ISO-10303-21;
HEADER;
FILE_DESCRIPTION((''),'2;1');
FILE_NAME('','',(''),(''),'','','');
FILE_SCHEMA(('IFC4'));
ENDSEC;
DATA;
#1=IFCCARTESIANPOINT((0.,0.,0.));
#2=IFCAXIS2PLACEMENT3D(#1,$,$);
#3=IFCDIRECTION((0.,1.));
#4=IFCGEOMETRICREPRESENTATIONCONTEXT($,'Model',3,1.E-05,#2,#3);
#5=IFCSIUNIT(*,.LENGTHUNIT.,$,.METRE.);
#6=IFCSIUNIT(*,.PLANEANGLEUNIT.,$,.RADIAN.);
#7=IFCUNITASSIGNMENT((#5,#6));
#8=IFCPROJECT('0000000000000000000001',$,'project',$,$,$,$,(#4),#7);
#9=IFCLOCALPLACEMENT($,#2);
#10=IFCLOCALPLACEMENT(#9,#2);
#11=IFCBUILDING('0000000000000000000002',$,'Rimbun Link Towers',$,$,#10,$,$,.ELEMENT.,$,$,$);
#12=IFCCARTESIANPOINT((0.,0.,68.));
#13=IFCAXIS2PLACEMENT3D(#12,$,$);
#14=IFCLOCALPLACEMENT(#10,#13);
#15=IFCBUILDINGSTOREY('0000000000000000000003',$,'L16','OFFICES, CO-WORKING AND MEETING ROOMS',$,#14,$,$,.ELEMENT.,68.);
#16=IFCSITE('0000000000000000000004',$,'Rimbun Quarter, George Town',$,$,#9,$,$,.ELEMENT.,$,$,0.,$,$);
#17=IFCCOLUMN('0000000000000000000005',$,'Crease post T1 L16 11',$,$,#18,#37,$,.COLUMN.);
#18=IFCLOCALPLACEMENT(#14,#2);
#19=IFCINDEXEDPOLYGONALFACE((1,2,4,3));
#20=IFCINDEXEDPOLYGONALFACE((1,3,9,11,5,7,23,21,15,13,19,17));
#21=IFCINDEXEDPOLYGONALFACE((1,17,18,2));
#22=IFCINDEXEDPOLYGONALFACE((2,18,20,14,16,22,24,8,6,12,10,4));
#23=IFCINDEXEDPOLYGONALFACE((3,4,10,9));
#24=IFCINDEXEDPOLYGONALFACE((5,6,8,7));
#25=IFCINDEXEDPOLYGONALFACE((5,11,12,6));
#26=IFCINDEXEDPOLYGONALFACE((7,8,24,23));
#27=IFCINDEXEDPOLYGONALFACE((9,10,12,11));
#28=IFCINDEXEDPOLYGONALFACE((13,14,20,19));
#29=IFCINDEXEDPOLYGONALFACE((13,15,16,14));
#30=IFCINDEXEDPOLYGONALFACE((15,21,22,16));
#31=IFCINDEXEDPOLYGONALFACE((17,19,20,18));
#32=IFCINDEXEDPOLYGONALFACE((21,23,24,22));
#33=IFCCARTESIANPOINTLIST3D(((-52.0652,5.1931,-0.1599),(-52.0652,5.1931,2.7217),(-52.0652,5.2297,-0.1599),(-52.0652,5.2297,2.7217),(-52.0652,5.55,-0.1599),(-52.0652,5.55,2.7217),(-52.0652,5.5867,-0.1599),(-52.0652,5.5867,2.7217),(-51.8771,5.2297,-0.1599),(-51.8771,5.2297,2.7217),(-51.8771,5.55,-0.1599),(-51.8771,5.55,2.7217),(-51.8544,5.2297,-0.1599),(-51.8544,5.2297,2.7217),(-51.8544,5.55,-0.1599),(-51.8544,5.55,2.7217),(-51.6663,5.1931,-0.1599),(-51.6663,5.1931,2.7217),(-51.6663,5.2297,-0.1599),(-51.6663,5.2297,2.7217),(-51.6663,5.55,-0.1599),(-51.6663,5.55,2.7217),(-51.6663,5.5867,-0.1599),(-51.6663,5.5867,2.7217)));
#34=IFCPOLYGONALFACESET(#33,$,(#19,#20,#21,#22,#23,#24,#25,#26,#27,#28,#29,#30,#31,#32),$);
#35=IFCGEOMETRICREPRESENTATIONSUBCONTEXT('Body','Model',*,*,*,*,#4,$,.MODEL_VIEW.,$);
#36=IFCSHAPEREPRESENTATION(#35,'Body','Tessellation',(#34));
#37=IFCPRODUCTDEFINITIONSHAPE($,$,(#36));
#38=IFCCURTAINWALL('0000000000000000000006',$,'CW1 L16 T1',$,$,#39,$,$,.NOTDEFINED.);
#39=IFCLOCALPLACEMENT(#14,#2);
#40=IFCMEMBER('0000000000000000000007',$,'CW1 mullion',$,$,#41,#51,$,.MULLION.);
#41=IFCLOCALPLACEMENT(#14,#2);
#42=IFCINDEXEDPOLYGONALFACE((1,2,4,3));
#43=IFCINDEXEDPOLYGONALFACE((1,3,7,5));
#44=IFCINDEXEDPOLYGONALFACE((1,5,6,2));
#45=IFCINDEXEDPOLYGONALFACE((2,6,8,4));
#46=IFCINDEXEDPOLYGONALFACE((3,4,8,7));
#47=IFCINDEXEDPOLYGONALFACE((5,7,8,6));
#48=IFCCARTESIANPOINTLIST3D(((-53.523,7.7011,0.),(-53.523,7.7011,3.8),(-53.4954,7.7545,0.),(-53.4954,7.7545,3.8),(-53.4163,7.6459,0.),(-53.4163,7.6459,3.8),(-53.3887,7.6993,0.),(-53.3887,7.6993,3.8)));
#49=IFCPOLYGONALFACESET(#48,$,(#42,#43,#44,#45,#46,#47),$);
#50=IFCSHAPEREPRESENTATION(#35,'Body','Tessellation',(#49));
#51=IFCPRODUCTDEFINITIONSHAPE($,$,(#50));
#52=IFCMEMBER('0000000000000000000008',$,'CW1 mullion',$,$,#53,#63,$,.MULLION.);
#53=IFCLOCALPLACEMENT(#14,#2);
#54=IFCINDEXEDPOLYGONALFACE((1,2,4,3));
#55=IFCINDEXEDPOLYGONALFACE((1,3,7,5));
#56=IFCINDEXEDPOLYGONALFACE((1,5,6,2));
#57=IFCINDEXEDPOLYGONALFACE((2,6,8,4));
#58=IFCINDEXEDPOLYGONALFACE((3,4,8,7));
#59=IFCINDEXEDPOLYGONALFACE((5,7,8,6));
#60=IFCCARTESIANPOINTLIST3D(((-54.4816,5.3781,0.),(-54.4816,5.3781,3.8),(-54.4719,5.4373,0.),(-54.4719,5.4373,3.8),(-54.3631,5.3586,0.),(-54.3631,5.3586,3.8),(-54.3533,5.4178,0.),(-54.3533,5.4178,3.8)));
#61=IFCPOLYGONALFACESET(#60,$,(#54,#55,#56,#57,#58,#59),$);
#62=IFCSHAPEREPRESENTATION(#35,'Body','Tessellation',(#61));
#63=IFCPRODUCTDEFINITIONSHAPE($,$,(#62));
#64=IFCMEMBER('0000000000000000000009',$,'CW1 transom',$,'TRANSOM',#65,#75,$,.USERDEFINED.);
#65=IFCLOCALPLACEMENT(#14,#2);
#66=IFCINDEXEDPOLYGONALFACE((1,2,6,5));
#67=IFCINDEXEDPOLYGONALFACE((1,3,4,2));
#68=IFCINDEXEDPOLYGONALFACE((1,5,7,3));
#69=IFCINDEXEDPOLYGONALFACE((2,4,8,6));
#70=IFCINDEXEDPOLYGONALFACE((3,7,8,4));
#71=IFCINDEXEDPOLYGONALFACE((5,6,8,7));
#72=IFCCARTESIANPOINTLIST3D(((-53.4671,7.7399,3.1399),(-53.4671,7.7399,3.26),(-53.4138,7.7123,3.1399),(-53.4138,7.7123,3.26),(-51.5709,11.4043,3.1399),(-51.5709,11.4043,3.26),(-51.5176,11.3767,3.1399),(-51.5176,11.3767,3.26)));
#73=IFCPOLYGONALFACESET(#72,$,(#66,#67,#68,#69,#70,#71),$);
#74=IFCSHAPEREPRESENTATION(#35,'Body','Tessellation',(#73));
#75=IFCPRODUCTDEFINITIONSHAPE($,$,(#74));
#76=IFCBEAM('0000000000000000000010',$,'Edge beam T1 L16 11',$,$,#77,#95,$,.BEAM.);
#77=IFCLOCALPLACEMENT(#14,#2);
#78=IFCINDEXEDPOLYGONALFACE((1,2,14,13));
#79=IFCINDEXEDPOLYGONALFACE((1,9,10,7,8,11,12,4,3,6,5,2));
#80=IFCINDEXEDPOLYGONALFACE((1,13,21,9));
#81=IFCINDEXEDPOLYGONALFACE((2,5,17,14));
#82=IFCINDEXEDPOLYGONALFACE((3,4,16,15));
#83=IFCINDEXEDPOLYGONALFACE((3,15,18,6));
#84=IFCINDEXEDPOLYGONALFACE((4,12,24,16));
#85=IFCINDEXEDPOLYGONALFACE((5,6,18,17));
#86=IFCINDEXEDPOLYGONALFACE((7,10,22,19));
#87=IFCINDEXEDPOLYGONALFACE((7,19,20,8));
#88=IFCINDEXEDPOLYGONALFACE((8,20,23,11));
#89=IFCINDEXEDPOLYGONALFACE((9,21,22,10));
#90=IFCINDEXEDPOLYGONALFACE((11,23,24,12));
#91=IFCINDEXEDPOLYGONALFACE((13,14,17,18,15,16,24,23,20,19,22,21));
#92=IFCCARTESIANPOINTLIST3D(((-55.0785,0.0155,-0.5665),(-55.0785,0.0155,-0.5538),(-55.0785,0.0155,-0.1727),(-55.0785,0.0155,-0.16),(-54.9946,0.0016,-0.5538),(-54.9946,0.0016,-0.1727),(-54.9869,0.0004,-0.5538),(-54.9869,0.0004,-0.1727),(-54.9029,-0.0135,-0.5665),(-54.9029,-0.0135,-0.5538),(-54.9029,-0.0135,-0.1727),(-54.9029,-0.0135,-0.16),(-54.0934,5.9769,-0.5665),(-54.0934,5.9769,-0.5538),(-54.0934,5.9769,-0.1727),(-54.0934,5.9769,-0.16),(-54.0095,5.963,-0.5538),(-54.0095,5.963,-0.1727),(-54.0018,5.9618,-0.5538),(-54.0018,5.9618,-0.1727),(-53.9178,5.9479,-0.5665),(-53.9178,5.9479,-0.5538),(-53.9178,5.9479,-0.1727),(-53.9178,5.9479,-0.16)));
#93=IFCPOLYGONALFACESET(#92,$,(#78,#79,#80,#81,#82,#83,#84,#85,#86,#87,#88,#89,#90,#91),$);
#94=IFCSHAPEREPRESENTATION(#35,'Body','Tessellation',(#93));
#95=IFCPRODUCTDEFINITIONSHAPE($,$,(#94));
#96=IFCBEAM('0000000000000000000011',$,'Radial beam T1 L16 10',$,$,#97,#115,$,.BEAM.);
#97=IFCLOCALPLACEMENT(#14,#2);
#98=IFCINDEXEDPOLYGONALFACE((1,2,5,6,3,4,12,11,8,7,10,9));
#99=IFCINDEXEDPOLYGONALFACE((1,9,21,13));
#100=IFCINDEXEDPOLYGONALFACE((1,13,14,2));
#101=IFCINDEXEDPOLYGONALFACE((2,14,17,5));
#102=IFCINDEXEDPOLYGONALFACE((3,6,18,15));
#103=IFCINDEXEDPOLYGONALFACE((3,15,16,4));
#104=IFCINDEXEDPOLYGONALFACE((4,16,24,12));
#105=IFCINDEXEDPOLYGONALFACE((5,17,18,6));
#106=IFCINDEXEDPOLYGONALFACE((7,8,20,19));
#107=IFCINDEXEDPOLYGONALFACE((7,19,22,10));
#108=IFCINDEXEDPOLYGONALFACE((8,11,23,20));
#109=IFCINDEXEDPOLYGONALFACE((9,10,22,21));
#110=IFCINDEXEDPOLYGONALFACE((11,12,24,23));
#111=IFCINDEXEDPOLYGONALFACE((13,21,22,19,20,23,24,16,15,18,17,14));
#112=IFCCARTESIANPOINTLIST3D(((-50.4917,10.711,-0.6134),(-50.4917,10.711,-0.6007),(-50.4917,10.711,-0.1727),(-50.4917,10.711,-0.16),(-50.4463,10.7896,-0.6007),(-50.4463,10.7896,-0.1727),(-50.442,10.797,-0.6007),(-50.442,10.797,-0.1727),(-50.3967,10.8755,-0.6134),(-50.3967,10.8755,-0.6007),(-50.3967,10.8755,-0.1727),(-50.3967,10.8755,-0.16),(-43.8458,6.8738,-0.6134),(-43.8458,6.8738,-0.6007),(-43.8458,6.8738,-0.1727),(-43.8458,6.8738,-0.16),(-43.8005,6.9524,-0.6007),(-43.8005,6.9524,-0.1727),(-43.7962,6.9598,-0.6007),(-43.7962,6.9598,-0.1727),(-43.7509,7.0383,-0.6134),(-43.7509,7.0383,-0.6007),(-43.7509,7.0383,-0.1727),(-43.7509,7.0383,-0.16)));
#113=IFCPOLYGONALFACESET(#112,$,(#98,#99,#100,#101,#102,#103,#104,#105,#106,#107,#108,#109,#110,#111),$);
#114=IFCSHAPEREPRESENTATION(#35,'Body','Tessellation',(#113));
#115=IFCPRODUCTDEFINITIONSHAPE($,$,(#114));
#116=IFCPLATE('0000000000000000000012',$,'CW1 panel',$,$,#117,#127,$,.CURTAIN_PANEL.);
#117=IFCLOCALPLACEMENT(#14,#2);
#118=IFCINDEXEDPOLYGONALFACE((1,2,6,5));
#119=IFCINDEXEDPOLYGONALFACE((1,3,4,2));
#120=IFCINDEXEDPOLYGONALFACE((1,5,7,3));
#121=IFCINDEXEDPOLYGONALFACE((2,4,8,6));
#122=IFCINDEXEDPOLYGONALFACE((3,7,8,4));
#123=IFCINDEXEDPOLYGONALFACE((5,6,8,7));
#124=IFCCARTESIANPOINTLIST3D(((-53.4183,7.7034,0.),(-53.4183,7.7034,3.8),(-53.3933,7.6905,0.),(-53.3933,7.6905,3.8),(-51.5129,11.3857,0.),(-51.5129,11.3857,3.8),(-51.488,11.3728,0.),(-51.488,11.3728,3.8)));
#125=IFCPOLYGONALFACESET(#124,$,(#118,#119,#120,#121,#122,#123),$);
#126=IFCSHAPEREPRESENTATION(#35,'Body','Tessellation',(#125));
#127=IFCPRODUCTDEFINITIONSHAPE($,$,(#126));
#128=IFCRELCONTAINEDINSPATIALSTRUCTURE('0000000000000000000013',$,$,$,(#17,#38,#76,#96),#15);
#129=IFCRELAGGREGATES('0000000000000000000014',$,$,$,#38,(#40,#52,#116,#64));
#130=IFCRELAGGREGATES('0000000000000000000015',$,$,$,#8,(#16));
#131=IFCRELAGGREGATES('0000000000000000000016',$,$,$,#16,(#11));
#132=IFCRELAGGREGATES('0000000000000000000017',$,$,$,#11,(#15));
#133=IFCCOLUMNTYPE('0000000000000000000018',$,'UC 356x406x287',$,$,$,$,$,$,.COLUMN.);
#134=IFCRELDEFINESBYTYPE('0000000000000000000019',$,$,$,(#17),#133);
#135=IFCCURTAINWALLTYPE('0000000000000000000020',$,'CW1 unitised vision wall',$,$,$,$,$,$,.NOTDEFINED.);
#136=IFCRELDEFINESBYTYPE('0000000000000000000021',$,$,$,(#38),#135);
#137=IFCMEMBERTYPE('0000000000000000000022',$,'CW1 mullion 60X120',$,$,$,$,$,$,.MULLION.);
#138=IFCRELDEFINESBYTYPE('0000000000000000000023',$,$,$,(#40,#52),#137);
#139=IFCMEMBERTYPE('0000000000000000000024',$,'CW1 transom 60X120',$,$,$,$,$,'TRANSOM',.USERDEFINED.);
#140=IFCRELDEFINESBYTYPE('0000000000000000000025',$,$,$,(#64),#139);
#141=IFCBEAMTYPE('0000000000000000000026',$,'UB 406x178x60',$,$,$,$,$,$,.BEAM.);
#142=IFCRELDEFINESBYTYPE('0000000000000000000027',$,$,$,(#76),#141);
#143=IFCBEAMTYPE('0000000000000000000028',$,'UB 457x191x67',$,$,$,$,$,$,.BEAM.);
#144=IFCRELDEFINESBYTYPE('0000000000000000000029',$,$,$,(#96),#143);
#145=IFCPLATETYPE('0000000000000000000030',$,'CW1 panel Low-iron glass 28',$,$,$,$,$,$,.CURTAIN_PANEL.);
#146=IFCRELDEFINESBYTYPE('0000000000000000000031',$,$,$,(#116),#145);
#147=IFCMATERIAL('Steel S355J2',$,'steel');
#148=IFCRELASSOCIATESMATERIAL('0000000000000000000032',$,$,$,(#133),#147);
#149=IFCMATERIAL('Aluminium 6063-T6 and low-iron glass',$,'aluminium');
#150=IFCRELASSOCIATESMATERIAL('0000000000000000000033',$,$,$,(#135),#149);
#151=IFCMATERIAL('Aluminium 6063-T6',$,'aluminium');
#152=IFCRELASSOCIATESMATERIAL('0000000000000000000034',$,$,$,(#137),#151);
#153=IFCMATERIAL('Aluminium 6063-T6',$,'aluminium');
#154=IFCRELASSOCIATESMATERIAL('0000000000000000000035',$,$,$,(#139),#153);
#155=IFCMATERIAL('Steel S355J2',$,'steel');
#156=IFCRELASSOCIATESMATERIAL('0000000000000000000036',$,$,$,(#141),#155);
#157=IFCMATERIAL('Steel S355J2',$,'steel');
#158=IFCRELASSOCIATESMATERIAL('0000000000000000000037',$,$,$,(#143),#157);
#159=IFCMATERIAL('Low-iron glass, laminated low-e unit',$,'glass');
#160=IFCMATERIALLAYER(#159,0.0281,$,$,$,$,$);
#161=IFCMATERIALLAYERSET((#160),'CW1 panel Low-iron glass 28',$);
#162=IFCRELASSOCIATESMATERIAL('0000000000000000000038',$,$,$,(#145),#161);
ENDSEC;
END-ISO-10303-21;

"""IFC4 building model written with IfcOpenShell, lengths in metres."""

from ifc_helpers import new_model, si_unit, direction, frame, origin, origin_2d, place, context, subcontext, project, spatial, rectangle, i_section, extrude, material, layer, layer_set, material_profile, profile_set, type_object, element, aggregate, save


model = new_model("IFC4")

# Units and contexts
model_context = context("Model", 3, precision=1e-05, world=origin(), true_north=direction((0.0, 1.0)))
body_context = subcontext(model_context, "Body", "Model", "MODEL_VIEW")
ifc_project = project(units=[si_unit("LENGTHUNIT", "METRE"), si_unit("PLANEANGLEUNIT", "RADIAN")], contexts=[model_context])

# Site, building, storey
site_placement = place(None, origin())
site = spatial("IfcSite", under=ifc_project, at=site_placement, Name="Rimbun Quarter, George Town", CompositionType="ELEMENT", RefElevation=0.0)
building_placement = place(site_placement, origin())
building = spatial("IfcBuilding", under=site, at=building_placement, Name="Rimbun Link Towers", CompositionType="ELEMENT")
storey_placement = place(building_placement, frame((0.0, 0.0, 68.0)))
storey = spatial("IfcBuildingStorey", under=building, at=storey_placement, Name="L16", Description="OFFICES, CO-WORKING AND MEETING ROOMS", CompositionType="ELEMENT", Elevation=68.0)

# Column
ifc_material_1 = material(Name="Steel S355J2", Category="steel")
ifc_material_profile_1 = material_profile(ifc_material_1, i_section(OverallWidth=0.3989, OverallDepth=0.3936, WebThickness=0.0227, FlangeThickness=0.0366, at=origin_2d()), Name="UC 356x406x287")
ifc_profile_set_1 = profile_set([ifc_material_profile_1], Name="Steel S355J2")
column_type = type_object("IfcColumnType", Name="UC 356x406x287", PredefinedType="COLUMN", material=ifc_profile_set_1)
column_placement = place(storey_placement, frame((-51.8657, 5.3899, -0.1599), z_axis=(0.0, 0.0, 1.0), x_axis=(1.0, 0.0, 0.0)))
element("IfcColumn", 1, at=column_placement, inside=storey, type_object=column_type, Name="Crease post T1 L16 11", PredefinedType="COLUMN", context=body_context, shape_type="SweptSolid", body=[
    extrude(i_section(OverallWidth=0.3989, OverallDepth=0.3936, WebThickness=0.0227, FlangeThickness=0.0366, at=origin_2d()), origin(), (0.0, 0.0, 1.0), 2.8816),
])

# Curtain wall, members
ifc_material_2 = material(Name="Aluminium 6063-T6 and low-iron glass", Category="aluminium")
curtain_wall_type = type_object("IfcCurtainWallType", Name="CW1 unitised vision wall", PredefinedType="NOTDEFINED", material=ifc_material_2)
curtain_wall_placement = place(storey_placement, origin())
curtain_wall = element("IfcCurtainWall", 2, at=curtain_wall_placement, inside=storey, type_object=curtain_wall_type, Name="CW1 L16 T1", PredefinedType="NOTDEFINED")
ifc_material_3 = material(Name="Aluminium 6063-T6", Category="aluminium")
ifc_material_profile_2 = material_profile(ifc_material_3, rectangle(XDim=0.1201, YDim=0.0601, at=origin_2d()), Name="MULLION 60X120")
ifc_profile_set_2 = profile_set([ifc_material_profile_2], Name="Aluminium 6063-T6")
member_type_1 = type_object("IfcMemberType", Name="CW1 mullion 60X120", PredefinedType="MULLION", material=ifc_profile_set_2)
member_1_placement = place(storey_placement, frame((-53.4558, 7.7002, 0.0), z_axis=(0.0, 0.0, 1.0), x_axis=(-0.888149, 0.459556, 0.0)))
member_1 = element("IfcMember", 3, at=member_1_placement, type_object=member_type_1, Name="CW1 mullion", PredefinedType="MULLION", context=body_context, shape_type="SweptSolid", body=[
    extrude(rectangle(XDim=0.1201, YDim=0.0601, at=origin_2d()), origin(), (0.0, 0.0, 1.0), 3.8),
])
member_2_placement = place(storey_placement, frame((-54.4175, 5.3979, 0.0), z_axis=(0.0, 0.0, 1.0), x_axis=(-0.986748, 0.16226, 0.0)))
member_2 = element("IfcMember", 4, at=member_2_placement, type_object=member_type_1, Name="CW1 mullion", PredefinedType="MULLION", context=body_context, shape_type="SweptSolid", body=[
    extrude(rectangle(XDim=0.1201, YDim=0.0601, at=origin_2d()), origin(), (0.0, 0.0, 1.0), 3.8),
])
ifc_material_4 = material(Name="Aluminium 6063-T6", Category="aluminium")
ifc_material_profile_3 = material_profile(ifc_material_4, rectangle(XDim=0.0601, YDim=0.1201, at=origin_2d()), Name="TRANSOM 60X120")
ifc_profile_set_3 = profile_set([ifc_material_profile_3], Name="Aluminium 6063-T6")
member_type_2 = type_object("IfcMemberType", Name="CW1 transom 60X120", ElementType="TRANSOM", PredefinedType="USERDEFINED", material=ifc_profile_set_3)
member_3_placement = place(storey_placement, frame((-53.4404, 7.7261, 3.2), z_axis=(0.459573, 0.88814, 0.0), x_axis=(-0.88814, 0.459573, 0.0)))
member_3 = element("IfcMember", 5, at=member_3_placement, type_object=member_type_2, Name="CW1 transom", ObjectType="TRANSOM", PredefinedType="USERDEFINED", context=body_context, shape_type="SweptSolid", body=[
    extrude(rectangle(XDim=0.0601, YDim=0.1201, at=origin_2d()), origin(), (0.0, 0.0, 1.0), 4.126),
])

# Beams
ifc_material_5 = material(Name="Steel S355J2", Category="steel")
ifc_material_profile_4 = material_profile(ifc_material_5, i_section(OverallWidth=0.178, OverallDepth=0.4065, WebThickness=0.0078, FlangeThickness=0.0127, at=origin_2d()), Name="UB 406x178x60")
ifc_profile_set_4 = profile_set([ifc_material_profile_4], Name="Steel S355J2")
beam_type_1 = type_object("IfcBeamType", Name="UB 406x178x60", PredefinedType="BEAM", material=ifc_profile_set_4)
beam_1_placement = place(storey_placement, frame((-54.0056, 5.9624, -0.3633), z_axis=(-0.163036, -0.98662, 0.0), x_axis=(0.98662, -0.163036, 0.0)))
element("IfcBeam", 6, at=beam_1_placement, inside=storey, type_object=beam_type_1, Name="Edge beam T1 L16 11", PredefinedType="BEAM", context=body_context, shape_type="SweptSolid", body=[
    extrude(i_section(OverallWidth=0.178, OverallDepth=0.4065, WebThickness=0.0078, FlangeThickness=0.0127, at=origin_2d()), origin(), (0.0, 0.0, 1.0), 6.0422),
])
ifc_material_6 = material(Name="Steel S355J2", Category="steel")
ifc_material_profile_5 = material_profile(ifc_material_6, i_section(OverallWidth=0.1899, OverallDepth=0.4534, WebThickness=0.0085, FlangeThickness=0.0127, at=origin_2d()), Name="UB 457x191x67")
ifc_profile_set_5 = profile_set([ifc_material_profile_5], Name="Steel S355J2")
beam_type_2 = type_object("IfcBeamType", Name="UB 457x191x67", PredefinedType="BEAM", material=ifc_profile_set_5)
beam_2_placement = place(storey_placement, frame((-43.7983, 6.9561, -0.3867), z_axis=(-0.866012, 0.500023, 0.0), x_axis=(-0.500023, -0.866012, 0.0)))
element("IfcBeam", 7, at=beam_2_placement, inside=storey, type_object=beam_type_2, Name="Radial beam T1 L16 10", PredefinedType="BEAM", context=body_context, shape_type="SweptSolid", body=[
    extrude(i_section(OverallWidth=0.1899, OverallDepth=0.4534, WebThickness=0.0085, FlangeThickness=0.0127, at=origin_2d()), origin(), (0.0, 0.0, 1.0), 7.6741),
])

# Plate
ifc_material_7 = material(Name="Low-iron glass, laminated low-e unit", Category="glass")
ifc_layer_1 = layer(ifc_material_7, 0.0281)
ifc_layer_set_1 = layer_set([ifc_layer_1], Name="CW1 panel Low-iron glass 28")
plate_type = type_object("IfcPlateType", Name="CW1 panel Low-iron glass 28", PredefinedType="CURTAIN_PANEL", material=ifc_layer_set_1)
plate_placement = place(storey_placement, frame((-52.4531, 9.5381, 0.0), z_axis=(0.0, 0.0, 1.0), x_axis=(0.459556, 0.888149, 0.0)))
plate = element("IfcPlate", 8, at=plate_placement, type_object=plate_type, Name="CW1 panel", PredefinedType="CURTAIN_PANEL", context=body_context, shape_type="SweptSolid", body=[
    extrude(rectangle(XDim=4.146, YDim=0.0281, at=origin_2d()), origin(), (0.0, 0.0, 1.0), 3.8),
])
aggregate(curtain_wall, [member_1, member_2, plate, member_3])

save(model, "model.ifc")
